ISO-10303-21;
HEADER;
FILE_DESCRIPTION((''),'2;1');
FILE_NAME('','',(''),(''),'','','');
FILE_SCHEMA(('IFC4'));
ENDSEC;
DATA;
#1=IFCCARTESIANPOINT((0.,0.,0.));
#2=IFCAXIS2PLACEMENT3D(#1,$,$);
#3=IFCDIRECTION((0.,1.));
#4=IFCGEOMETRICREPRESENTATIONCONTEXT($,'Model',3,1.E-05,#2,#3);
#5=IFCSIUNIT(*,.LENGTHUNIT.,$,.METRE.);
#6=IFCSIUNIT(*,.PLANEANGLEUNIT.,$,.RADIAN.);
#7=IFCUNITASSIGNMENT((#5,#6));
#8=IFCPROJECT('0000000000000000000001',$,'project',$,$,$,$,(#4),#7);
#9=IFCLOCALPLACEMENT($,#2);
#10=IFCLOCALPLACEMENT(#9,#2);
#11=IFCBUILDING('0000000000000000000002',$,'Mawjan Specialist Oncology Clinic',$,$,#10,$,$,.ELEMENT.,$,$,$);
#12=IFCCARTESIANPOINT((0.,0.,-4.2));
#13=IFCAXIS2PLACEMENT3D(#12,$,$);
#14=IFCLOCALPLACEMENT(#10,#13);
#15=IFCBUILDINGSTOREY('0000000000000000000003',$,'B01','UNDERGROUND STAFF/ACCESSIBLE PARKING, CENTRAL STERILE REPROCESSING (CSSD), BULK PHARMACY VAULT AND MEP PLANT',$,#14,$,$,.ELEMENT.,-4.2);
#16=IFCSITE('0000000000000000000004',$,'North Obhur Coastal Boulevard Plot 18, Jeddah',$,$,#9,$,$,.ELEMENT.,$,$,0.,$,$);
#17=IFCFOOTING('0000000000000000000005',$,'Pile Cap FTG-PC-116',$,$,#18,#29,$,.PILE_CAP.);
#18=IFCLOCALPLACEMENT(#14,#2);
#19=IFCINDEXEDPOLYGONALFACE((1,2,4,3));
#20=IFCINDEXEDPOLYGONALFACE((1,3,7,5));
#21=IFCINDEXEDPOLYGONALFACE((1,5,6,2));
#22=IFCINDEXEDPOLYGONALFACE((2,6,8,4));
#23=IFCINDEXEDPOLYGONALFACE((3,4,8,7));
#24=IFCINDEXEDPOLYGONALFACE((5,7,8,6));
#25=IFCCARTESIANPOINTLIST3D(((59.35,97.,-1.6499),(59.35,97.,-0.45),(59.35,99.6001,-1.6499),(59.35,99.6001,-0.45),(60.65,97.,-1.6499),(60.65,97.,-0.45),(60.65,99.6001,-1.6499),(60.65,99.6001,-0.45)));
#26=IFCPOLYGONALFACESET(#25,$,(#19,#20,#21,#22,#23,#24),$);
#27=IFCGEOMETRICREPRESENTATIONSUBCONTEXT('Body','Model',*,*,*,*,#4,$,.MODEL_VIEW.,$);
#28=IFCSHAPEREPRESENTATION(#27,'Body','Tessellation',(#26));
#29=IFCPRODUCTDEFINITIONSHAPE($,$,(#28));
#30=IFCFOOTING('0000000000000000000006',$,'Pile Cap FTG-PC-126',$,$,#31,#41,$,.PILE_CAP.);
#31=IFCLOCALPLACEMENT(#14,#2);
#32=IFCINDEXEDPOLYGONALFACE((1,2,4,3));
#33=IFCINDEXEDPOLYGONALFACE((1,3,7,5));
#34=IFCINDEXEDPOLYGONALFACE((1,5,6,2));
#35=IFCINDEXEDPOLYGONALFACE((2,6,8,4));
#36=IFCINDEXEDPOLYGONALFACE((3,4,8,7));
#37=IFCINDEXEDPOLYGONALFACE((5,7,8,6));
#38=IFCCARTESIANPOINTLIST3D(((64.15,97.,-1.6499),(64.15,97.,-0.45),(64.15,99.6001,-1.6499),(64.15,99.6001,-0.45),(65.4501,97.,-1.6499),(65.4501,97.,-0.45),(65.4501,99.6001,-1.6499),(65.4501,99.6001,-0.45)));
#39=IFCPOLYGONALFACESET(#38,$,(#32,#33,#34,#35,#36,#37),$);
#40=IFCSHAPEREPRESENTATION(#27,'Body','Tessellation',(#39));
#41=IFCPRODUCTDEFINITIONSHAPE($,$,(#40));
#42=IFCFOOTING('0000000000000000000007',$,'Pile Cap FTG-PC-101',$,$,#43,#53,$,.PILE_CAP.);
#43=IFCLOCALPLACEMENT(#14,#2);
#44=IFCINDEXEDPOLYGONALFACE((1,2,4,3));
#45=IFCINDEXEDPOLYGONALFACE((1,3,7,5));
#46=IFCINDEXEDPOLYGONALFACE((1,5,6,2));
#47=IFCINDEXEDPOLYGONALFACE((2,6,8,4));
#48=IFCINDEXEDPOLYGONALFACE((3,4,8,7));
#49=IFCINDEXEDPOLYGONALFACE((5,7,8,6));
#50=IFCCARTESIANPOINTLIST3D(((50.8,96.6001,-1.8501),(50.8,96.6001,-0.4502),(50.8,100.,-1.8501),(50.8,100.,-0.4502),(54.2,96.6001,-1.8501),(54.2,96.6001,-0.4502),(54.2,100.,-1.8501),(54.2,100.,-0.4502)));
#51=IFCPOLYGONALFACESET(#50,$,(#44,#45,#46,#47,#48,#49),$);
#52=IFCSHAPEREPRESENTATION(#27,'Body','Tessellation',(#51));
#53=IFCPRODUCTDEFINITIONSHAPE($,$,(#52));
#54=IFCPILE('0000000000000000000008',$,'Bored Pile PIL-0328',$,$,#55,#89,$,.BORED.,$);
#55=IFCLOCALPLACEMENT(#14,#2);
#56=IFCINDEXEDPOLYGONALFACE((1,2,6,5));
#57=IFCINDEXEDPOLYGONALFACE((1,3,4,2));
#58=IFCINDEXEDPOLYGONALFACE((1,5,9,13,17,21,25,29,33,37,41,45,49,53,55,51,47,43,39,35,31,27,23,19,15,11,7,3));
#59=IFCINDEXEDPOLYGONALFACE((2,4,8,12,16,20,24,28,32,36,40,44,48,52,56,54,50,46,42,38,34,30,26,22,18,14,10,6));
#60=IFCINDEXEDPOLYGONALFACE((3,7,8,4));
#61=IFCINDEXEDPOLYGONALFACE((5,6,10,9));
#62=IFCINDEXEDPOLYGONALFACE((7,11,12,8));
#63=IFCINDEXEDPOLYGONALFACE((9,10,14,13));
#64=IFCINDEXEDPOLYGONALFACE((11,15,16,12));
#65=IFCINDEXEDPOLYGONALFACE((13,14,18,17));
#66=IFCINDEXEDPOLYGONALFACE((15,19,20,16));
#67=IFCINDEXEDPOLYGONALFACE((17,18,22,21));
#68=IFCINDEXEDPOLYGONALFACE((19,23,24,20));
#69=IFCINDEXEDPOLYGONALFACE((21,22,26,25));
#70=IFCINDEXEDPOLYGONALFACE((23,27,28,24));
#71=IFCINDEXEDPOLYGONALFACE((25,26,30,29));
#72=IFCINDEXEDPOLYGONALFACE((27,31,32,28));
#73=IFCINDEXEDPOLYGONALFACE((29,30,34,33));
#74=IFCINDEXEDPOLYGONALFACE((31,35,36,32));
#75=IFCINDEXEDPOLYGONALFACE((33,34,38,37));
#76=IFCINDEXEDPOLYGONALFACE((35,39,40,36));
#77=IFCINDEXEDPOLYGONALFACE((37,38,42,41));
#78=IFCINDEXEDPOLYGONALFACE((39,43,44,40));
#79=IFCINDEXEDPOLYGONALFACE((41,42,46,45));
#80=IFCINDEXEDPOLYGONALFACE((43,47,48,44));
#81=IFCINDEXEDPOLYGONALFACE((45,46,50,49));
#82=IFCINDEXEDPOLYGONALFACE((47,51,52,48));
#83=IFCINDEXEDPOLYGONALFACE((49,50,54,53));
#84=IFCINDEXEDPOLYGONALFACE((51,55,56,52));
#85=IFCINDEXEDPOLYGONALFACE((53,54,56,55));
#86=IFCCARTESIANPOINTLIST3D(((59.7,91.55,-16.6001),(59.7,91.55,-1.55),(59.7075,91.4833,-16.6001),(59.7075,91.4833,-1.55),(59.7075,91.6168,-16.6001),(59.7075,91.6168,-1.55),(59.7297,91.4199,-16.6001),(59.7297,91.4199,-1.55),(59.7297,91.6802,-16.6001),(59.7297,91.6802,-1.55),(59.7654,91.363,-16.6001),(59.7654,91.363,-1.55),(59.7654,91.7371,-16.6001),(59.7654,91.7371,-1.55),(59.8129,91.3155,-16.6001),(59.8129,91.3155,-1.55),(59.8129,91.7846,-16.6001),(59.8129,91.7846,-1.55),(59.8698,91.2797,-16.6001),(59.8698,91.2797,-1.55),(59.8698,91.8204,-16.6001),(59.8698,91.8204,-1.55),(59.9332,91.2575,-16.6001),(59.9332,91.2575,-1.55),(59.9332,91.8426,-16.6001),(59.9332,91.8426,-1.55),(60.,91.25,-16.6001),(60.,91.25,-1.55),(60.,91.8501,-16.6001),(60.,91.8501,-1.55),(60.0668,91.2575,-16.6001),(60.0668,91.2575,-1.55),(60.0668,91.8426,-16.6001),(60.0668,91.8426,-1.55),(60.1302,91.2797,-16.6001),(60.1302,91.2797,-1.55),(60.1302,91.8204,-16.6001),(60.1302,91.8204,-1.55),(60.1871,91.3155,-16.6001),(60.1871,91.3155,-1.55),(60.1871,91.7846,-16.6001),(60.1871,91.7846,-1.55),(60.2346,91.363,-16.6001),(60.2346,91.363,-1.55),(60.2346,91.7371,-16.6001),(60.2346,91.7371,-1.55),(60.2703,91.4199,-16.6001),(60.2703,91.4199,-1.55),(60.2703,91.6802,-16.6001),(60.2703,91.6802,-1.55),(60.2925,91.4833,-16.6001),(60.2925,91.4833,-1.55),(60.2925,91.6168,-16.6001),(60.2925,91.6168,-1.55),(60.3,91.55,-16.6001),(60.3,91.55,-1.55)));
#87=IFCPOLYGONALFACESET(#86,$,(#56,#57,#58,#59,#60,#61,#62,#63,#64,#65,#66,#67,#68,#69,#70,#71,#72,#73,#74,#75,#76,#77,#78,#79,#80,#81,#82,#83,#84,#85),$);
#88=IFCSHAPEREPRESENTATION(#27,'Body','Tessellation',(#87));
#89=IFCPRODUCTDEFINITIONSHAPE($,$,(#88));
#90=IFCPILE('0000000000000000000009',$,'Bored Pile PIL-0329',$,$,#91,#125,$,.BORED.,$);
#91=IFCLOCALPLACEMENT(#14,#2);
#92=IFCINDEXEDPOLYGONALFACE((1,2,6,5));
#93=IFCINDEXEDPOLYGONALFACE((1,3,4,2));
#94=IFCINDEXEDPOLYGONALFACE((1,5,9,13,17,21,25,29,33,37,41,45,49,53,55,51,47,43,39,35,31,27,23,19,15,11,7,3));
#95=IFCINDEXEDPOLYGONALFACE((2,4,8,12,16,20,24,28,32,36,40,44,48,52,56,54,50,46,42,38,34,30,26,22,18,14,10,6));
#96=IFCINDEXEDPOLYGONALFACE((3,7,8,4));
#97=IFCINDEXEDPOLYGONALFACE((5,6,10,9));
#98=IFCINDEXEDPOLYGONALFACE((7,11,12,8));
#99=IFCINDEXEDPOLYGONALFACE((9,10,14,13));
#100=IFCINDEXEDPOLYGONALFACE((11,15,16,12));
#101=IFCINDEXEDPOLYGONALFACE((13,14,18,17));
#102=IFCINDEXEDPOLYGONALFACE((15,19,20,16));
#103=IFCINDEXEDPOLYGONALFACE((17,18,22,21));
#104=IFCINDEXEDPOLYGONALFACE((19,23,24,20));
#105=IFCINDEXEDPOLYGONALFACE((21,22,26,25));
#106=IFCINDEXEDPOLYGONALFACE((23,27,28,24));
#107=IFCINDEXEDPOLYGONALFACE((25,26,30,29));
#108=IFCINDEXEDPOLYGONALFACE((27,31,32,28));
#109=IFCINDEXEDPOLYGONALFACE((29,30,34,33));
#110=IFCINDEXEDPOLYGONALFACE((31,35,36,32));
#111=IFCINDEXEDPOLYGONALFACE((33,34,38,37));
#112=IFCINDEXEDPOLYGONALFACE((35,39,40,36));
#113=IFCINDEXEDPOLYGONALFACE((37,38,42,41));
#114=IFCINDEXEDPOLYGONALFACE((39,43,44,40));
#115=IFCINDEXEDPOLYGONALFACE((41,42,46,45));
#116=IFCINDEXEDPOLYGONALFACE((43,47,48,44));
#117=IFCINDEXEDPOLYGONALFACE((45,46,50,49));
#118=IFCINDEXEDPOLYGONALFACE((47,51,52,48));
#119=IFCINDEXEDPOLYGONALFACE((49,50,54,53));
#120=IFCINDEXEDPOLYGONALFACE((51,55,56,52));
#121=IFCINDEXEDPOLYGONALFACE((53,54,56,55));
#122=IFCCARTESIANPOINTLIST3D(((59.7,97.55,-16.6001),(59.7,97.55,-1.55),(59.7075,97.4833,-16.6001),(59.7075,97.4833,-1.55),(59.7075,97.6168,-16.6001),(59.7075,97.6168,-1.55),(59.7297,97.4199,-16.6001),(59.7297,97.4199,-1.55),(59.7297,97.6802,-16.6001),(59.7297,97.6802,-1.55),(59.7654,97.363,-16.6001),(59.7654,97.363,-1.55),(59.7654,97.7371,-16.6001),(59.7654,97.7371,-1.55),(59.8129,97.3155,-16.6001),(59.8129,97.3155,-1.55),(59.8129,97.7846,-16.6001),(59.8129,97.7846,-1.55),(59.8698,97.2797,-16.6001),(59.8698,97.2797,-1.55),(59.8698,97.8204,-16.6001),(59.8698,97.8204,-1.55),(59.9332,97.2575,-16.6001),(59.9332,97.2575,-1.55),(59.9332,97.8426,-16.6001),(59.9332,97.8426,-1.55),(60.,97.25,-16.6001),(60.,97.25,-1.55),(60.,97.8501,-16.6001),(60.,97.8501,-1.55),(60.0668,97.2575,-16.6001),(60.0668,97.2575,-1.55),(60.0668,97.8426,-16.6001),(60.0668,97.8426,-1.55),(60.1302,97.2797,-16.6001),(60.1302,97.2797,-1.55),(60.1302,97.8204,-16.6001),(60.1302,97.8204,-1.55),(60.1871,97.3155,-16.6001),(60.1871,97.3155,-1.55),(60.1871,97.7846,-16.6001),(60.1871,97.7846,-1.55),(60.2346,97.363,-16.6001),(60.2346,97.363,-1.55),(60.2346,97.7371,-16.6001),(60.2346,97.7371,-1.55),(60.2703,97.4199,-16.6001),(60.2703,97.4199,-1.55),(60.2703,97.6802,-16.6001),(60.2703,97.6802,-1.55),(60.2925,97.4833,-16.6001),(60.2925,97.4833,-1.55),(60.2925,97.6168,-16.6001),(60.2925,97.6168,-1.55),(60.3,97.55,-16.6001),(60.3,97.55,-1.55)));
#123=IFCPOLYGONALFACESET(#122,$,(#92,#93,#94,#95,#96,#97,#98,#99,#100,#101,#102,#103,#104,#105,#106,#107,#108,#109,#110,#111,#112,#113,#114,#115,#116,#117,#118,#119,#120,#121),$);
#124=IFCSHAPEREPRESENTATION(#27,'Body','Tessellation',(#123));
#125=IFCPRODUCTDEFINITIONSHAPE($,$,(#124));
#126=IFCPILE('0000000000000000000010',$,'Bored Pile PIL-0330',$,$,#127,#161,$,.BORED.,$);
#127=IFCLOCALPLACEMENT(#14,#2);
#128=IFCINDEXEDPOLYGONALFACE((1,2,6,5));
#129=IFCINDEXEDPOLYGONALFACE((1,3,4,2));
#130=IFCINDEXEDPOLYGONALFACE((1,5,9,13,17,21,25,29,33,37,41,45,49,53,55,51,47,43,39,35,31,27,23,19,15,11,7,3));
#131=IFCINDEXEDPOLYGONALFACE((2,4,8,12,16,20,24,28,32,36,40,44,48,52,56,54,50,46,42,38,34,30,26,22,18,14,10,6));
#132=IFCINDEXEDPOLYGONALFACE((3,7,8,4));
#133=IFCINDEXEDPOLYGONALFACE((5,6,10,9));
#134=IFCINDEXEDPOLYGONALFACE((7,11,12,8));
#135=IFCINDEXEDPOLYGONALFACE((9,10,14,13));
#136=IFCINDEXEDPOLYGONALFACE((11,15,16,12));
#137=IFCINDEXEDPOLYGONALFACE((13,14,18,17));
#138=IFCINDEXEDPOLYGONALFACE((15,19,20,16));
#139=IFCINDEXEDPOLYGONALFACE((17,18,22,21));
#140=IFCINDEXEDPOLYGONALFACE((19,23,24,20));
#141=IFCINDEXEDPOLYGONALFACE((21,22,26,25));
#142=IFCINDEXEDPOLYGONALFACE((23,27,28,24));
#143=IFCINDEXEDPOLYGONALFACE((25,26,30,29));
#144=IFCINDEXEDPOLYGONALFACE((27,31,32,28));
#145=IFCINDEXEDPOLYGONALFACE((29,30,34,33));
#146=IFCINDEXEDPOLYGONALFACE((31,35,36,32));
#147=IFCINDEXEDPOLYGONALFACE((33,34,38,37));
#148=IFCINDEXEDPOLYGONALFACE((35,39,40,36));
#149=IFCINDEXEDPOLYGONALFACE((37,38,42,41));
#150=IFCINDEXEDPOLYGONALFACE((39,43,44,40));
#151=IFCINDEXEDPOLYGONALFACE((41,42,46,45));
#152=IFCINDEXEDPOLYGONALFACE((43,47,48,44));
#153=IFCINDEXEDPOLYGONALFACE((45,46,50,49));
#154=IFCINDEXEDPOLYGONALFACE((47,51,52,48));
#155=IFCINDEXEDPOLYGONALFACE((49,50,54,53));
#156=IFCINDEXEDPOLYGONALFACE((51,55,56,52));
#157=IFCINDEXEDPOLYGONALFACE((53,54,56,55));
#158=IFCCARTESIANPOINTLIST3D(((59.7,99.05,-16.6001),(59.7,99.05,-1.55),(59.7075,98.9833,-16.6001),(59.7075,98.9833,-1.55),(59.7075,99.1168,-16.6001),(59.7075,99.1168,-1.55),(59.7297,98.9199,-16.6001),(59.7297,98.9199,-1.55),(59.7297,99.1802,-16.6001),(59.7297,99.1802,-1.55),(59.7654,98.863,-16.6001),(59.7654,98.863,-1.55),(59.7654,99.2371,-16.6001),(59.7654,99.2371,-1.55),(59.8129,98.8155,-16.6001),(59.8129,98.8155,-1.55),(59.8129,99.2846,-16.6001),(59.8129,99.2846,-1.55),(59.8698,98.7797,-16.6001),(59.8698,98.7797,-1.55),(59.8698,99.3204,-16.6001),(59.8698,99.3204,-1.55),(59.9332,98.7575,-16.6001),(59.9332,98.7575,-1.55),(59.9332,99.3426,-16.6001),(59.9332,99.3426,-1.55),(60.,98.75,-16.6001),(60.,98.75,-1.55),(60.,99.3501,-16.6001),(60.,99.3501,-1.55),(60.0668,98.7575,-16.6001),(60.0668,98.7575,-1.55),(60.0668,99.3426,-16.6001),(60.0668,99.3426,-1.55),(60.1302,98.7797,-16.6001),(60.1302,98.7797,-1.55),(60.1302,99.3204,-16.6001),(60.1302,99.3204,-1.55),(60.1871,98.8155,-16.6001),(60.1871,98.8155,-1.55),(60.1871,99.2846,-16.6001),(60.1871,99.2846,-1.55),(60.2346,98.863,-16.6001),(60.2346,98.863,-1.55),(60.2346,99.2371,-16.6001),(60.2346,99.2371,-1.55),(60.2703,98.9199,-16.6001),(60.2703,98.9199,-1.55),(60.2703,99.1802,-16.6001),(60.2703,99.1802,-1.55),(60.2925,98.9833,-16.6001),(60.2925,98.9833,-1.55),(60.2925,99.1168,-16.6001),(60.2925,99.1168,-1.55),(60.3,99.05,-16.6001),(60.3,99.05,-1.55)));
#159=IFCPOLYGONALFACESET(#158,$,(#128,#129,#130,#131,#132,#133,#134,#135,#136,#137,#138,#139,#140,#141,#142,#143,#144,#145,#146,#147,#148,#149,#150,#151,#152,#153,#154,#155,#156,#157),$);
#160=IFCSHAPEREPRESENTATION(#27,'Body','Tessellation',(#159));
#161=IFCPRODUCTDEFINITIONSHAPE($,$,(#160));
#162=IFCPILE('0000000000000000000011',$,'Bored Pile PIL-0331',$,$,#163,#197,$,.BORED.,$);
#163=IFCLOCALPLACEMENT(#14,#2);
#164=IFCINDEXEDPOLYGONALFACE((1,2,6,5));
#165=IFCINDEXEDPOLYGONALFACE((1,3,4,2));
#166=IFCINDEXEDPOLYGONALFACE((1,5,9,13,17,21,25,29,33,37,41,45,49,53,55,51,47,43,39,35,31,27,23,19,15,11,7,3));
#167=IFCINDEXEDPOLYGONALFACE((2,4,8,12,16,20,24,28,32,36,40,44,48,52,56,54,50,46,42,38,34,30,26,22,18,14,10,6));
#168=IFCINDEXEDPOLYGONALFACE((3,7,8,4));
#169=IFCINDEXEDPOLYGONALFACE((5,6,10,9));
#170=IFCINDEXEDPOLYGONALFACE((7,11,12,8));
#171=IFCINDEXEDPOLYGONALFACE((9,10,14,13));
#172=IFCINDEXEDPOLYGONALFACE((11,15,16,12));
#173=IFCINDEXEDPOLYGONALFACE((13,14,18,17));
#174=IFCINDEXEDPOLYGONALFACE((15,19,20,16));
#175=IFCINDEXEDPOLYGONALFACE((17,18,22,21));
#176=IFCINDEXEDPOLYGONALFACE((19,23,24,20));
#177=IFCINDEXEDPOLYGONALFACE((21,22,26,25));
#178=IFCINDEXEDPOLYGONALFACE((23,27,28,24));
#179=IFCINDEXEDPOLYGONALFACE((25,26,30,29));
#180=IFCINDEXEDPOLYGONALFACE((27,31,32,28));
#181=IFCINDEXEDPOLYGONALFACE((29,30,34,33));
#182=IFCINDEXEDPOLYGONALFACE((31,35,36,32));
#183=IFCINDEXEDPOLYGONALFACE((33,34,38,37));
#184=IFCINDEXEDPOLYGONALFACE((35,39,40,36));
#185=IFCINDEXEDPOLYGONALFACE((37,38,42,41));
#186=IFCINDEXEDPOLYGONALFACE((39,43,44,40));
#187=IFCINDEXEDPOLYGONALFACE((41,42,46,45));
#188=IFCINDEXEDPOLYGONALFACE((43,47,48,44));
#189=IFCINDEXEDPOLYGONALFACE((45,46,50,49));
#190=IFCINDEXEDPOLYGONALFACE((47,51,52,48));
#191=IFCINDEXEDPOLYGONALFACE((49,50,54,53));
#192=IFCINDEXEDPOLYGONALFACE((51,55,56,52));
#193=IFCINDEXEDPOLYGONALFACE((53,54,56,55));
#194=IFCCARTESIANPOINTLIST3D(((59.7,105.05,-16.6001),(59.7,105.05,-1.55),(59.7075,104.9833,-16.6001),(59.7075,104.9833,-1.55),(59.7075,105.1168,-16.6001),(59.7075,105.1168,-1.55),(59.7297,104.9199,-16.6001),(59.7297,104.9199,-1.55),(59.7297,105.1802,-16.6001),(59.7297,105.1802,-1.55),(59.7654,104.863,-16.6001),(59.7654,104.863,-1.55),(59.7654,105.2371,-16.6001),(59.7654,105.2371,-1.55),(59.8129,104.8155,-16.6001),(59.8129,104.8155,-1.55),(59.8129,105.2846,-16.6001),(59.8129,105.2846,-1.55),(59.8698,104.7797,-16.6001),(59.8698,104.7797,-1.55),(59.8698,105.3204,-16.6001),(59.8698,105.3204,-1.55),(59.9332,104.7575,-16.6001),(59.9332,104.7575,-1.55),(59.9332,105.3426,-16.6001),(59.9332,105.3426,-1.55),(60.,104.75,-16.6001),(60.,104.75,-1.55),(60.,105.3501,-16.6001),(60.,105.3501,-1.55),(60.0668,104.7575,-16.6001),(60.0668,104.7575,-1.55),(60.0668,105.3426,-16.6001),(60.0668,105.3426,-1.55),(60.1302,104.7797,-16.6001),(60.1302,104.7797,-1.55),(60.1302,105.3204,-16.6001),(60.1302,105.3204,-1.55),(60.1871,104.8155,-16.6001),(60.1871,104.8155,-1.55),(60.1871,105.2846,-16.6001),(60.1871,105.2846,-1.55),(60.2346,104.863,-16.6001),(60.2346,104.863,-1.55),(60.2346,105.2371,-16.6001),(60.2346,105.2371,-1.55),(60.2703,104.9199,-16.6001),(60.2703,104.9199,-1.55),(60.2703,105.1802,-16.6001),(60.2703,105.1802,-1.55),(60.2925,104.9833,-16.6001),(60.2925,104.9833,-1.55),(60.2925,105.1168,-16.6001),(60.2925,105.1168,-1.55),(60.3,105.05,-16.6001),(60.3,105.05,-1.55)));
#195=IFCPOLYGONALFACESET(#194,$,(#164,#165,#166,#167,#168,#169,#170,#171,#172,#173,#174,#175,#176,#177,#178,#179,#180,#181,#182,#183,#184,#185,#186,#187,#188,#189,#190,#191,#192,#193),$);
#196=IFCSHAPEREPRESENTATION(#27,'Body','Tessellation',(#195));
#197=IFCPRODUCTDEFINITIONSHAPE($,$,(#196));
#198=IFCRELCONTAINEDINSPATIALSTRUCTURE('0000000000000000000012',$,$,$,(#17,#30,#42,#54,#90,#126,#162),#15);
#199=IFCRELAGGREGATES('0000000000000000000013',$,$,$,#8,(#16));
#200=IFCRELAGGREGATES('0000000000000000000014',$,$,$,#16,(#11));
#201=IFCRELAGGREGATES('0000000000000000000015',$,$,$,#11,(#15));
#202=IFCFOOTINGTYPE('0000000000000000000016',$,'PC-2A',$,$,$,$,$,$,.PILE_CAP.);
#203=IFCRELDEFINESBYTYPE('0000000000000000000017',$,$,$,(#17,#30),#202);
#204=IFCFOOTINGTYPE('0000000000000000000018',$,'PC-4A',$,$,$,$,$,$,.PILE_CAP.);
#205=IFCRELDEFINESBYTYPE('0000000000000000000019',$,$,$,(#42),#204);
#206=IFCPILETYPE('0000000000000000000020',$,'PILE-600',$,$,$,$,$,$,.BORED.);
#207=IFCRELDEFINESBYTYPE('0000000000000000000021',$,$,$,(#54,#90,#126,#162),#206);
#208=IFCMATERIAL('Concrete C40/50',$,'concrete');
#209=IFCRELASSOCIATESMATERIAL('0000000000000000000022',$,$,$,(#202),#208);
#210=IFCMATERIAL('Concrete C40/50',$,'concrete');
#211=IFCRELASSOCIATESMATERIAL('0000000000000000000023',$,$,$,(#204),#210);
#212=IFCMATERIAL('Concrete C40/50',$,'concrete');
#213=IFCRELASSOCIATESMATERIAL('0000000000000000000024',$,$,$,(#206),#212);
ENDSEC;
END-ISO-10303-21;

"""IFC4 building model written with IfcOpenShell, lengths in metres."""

from ifc_helpers import new_model, si_unit, direction, frame, origin, origin_2d, place, context, subcontext, project, spatial, rectangle, circle, extrude, material, material_profile, profile_set, type_object, element, save


model = new_model("IFC4")

# Units and contexts
model_context = context("Model", 3, precision=1e-05, world=origin(), true_north=direction((0.0, 1.0)))
body_context = subcontext(model_context, "Body", "Model", "MODEL_VIEW")
ifc_project = project(units=[si_unit("LENGTHUNIT", "METRE"), si_unit("PLANEANGLEUNIT", "RADIAN")], contexts=[model_context])

# Site, building, storey
site_placement = place(None, origin())
site = spatial("IfcSite", under=ifc_project, at=site_placement, Name="North Obhur Coastal Boulevard Plot 18, Jeddah", CompositionType="ELEMENT", RefElevation=0.0)
building_placement = place(site_placement, origin())
building = spatial("IfcBuilding", under=site, at=building_placement, Name="Mawjan Specialist Oncology Clinic", CompositionType="ELEMENT")
storey_placement = place(building_placement, frame((0.0, 0.0, -4.2)))
storey = spatial("IfcBuildingStorey", under=building, at=storey_placement, Name="B01", Description="UNDERGROUND STAFF/ACCESSIBLE PARKING, CENTRAL STERILE REPROCESSING (CSSD), BULK PHARMACY VAULT AND MEP PLANT", CompositionType="ELEMENT", Elevation=-4.2)

# Footings
ifc_material_1 = material(Name="Concrete C40/50", Category="concrete")
footing_type_1 = type_object("IfcFootingType", Name="PC-2A", PredefinedType="PILE_CAP", material=ifc_material_1)
for number, where, z_axis, x_axis, name in (
    (1, (60.0, 98.3, -1.6499), (0.0, 0.0, 1.0), (0.0, 1.0, 0.0), "Pile Cap FTG-PC-116"),
    (2, (64.8, 98.3, -1.6499), (0.0, 0.0, 1.0), (0.0, 1.0, 0.0), "Pile Cap FTG-PC-126"),
):
    element("IfcFooting", number, at=place(storey_placement, frame(where, z_axis=z_axis, x_axis=x_axis)), inside=storey, type_object=footing_type_1, Name=name, PredefinedType="PILE_CAP", context=body_context, shape_type="SweptSolid", body=[
        extrude(rectangle(XDim=2.6001, YDim=1.3, at=origin_2d()), origin(), (0.0, 0.0, 1.0), 1.2),
    ])
ifc_material_2 = material(Name="Concrete C40/50", Category="concrete")
footing_type_2 = type_object("IfcFootingType", Name="PC-4A", PredefinedType="PILE_CAP", material=ifc_material_2)
footing_1_placement = place(storey_placement, frame((52.5, 98.3, -1.8501), z_axis=(0.0, 0.0, 1.0), x_axis=(1.0, 0.0, 0.0)))
element("IfcFooting", 3, at=footing_1_placement, inside=storey, type_object=footing_type_2, Name="Pile Cap FTG-PC-101", PredefinedType="PILE_CAP", context=body_context, shape_type="SweptSolid", body=[
    extrude(rectangle(XDim=3.3999, YDim=3.3999, at=origin_2d()), origin(), (0.0, 0.0, 1.0), 1.3999),
])

# Piles
ifc_material_3 = material(Name="Concrete C40/50", Category="concrete")
ifc_material_profile_1 = material_profile(ifc_material_3, circle(Radius=0.3, at=origin_2d()), Name="BORED PILE D600", Category="concrete")
ifc_profile_set_1 = profile_set([ifc_material_profile_1], Name="Concrete C40/50")
pile_type_1 = type_object("IfcPileType", Name="PILE-600", PredefinedType="BORED", material=ifc_profile_set_1)
for number, where, z_axis, x_axis, name in (
    (4, (60.0, 91.55, -1.55), (0.0, 0.0, -1.0), (1.0, 0.0, 0.0), "Bored Pile PIL-0328"),
    (5, (60.0, 97.55, -1.55), (0.0, 0.0, -1.0), (1.0, 0.0, 0.0), "Bored Pile PIL-0329"),
    (6, (60.0, 99.05, -1.55), (0.0, 0.0, -1.0), (1.0, 0.0, 0.0), "Bored Pile PIL-0330"),
    (7, (60.0, 105.05, -1.55), (0.0, 0.0, -1.0), (1.0, 0.0, 0.0), "Bored Pile PIL-0331"),
):
    element("IfcPile", number, at=place(storey_placement, frame(where, z_axis=z_axis, x_axis=x_axis)), inside=storey, type_object=pile_type_1, Name=name, PredefinedType="BORED", context=body_context, shape_type="SweptSolid", body=[
        extrude(circle(Radius=0.3, at=origin_2d()), origin(), (0.0, 0.0, 1.0), 15.05),
    ])

save(model, "model.ifc")
